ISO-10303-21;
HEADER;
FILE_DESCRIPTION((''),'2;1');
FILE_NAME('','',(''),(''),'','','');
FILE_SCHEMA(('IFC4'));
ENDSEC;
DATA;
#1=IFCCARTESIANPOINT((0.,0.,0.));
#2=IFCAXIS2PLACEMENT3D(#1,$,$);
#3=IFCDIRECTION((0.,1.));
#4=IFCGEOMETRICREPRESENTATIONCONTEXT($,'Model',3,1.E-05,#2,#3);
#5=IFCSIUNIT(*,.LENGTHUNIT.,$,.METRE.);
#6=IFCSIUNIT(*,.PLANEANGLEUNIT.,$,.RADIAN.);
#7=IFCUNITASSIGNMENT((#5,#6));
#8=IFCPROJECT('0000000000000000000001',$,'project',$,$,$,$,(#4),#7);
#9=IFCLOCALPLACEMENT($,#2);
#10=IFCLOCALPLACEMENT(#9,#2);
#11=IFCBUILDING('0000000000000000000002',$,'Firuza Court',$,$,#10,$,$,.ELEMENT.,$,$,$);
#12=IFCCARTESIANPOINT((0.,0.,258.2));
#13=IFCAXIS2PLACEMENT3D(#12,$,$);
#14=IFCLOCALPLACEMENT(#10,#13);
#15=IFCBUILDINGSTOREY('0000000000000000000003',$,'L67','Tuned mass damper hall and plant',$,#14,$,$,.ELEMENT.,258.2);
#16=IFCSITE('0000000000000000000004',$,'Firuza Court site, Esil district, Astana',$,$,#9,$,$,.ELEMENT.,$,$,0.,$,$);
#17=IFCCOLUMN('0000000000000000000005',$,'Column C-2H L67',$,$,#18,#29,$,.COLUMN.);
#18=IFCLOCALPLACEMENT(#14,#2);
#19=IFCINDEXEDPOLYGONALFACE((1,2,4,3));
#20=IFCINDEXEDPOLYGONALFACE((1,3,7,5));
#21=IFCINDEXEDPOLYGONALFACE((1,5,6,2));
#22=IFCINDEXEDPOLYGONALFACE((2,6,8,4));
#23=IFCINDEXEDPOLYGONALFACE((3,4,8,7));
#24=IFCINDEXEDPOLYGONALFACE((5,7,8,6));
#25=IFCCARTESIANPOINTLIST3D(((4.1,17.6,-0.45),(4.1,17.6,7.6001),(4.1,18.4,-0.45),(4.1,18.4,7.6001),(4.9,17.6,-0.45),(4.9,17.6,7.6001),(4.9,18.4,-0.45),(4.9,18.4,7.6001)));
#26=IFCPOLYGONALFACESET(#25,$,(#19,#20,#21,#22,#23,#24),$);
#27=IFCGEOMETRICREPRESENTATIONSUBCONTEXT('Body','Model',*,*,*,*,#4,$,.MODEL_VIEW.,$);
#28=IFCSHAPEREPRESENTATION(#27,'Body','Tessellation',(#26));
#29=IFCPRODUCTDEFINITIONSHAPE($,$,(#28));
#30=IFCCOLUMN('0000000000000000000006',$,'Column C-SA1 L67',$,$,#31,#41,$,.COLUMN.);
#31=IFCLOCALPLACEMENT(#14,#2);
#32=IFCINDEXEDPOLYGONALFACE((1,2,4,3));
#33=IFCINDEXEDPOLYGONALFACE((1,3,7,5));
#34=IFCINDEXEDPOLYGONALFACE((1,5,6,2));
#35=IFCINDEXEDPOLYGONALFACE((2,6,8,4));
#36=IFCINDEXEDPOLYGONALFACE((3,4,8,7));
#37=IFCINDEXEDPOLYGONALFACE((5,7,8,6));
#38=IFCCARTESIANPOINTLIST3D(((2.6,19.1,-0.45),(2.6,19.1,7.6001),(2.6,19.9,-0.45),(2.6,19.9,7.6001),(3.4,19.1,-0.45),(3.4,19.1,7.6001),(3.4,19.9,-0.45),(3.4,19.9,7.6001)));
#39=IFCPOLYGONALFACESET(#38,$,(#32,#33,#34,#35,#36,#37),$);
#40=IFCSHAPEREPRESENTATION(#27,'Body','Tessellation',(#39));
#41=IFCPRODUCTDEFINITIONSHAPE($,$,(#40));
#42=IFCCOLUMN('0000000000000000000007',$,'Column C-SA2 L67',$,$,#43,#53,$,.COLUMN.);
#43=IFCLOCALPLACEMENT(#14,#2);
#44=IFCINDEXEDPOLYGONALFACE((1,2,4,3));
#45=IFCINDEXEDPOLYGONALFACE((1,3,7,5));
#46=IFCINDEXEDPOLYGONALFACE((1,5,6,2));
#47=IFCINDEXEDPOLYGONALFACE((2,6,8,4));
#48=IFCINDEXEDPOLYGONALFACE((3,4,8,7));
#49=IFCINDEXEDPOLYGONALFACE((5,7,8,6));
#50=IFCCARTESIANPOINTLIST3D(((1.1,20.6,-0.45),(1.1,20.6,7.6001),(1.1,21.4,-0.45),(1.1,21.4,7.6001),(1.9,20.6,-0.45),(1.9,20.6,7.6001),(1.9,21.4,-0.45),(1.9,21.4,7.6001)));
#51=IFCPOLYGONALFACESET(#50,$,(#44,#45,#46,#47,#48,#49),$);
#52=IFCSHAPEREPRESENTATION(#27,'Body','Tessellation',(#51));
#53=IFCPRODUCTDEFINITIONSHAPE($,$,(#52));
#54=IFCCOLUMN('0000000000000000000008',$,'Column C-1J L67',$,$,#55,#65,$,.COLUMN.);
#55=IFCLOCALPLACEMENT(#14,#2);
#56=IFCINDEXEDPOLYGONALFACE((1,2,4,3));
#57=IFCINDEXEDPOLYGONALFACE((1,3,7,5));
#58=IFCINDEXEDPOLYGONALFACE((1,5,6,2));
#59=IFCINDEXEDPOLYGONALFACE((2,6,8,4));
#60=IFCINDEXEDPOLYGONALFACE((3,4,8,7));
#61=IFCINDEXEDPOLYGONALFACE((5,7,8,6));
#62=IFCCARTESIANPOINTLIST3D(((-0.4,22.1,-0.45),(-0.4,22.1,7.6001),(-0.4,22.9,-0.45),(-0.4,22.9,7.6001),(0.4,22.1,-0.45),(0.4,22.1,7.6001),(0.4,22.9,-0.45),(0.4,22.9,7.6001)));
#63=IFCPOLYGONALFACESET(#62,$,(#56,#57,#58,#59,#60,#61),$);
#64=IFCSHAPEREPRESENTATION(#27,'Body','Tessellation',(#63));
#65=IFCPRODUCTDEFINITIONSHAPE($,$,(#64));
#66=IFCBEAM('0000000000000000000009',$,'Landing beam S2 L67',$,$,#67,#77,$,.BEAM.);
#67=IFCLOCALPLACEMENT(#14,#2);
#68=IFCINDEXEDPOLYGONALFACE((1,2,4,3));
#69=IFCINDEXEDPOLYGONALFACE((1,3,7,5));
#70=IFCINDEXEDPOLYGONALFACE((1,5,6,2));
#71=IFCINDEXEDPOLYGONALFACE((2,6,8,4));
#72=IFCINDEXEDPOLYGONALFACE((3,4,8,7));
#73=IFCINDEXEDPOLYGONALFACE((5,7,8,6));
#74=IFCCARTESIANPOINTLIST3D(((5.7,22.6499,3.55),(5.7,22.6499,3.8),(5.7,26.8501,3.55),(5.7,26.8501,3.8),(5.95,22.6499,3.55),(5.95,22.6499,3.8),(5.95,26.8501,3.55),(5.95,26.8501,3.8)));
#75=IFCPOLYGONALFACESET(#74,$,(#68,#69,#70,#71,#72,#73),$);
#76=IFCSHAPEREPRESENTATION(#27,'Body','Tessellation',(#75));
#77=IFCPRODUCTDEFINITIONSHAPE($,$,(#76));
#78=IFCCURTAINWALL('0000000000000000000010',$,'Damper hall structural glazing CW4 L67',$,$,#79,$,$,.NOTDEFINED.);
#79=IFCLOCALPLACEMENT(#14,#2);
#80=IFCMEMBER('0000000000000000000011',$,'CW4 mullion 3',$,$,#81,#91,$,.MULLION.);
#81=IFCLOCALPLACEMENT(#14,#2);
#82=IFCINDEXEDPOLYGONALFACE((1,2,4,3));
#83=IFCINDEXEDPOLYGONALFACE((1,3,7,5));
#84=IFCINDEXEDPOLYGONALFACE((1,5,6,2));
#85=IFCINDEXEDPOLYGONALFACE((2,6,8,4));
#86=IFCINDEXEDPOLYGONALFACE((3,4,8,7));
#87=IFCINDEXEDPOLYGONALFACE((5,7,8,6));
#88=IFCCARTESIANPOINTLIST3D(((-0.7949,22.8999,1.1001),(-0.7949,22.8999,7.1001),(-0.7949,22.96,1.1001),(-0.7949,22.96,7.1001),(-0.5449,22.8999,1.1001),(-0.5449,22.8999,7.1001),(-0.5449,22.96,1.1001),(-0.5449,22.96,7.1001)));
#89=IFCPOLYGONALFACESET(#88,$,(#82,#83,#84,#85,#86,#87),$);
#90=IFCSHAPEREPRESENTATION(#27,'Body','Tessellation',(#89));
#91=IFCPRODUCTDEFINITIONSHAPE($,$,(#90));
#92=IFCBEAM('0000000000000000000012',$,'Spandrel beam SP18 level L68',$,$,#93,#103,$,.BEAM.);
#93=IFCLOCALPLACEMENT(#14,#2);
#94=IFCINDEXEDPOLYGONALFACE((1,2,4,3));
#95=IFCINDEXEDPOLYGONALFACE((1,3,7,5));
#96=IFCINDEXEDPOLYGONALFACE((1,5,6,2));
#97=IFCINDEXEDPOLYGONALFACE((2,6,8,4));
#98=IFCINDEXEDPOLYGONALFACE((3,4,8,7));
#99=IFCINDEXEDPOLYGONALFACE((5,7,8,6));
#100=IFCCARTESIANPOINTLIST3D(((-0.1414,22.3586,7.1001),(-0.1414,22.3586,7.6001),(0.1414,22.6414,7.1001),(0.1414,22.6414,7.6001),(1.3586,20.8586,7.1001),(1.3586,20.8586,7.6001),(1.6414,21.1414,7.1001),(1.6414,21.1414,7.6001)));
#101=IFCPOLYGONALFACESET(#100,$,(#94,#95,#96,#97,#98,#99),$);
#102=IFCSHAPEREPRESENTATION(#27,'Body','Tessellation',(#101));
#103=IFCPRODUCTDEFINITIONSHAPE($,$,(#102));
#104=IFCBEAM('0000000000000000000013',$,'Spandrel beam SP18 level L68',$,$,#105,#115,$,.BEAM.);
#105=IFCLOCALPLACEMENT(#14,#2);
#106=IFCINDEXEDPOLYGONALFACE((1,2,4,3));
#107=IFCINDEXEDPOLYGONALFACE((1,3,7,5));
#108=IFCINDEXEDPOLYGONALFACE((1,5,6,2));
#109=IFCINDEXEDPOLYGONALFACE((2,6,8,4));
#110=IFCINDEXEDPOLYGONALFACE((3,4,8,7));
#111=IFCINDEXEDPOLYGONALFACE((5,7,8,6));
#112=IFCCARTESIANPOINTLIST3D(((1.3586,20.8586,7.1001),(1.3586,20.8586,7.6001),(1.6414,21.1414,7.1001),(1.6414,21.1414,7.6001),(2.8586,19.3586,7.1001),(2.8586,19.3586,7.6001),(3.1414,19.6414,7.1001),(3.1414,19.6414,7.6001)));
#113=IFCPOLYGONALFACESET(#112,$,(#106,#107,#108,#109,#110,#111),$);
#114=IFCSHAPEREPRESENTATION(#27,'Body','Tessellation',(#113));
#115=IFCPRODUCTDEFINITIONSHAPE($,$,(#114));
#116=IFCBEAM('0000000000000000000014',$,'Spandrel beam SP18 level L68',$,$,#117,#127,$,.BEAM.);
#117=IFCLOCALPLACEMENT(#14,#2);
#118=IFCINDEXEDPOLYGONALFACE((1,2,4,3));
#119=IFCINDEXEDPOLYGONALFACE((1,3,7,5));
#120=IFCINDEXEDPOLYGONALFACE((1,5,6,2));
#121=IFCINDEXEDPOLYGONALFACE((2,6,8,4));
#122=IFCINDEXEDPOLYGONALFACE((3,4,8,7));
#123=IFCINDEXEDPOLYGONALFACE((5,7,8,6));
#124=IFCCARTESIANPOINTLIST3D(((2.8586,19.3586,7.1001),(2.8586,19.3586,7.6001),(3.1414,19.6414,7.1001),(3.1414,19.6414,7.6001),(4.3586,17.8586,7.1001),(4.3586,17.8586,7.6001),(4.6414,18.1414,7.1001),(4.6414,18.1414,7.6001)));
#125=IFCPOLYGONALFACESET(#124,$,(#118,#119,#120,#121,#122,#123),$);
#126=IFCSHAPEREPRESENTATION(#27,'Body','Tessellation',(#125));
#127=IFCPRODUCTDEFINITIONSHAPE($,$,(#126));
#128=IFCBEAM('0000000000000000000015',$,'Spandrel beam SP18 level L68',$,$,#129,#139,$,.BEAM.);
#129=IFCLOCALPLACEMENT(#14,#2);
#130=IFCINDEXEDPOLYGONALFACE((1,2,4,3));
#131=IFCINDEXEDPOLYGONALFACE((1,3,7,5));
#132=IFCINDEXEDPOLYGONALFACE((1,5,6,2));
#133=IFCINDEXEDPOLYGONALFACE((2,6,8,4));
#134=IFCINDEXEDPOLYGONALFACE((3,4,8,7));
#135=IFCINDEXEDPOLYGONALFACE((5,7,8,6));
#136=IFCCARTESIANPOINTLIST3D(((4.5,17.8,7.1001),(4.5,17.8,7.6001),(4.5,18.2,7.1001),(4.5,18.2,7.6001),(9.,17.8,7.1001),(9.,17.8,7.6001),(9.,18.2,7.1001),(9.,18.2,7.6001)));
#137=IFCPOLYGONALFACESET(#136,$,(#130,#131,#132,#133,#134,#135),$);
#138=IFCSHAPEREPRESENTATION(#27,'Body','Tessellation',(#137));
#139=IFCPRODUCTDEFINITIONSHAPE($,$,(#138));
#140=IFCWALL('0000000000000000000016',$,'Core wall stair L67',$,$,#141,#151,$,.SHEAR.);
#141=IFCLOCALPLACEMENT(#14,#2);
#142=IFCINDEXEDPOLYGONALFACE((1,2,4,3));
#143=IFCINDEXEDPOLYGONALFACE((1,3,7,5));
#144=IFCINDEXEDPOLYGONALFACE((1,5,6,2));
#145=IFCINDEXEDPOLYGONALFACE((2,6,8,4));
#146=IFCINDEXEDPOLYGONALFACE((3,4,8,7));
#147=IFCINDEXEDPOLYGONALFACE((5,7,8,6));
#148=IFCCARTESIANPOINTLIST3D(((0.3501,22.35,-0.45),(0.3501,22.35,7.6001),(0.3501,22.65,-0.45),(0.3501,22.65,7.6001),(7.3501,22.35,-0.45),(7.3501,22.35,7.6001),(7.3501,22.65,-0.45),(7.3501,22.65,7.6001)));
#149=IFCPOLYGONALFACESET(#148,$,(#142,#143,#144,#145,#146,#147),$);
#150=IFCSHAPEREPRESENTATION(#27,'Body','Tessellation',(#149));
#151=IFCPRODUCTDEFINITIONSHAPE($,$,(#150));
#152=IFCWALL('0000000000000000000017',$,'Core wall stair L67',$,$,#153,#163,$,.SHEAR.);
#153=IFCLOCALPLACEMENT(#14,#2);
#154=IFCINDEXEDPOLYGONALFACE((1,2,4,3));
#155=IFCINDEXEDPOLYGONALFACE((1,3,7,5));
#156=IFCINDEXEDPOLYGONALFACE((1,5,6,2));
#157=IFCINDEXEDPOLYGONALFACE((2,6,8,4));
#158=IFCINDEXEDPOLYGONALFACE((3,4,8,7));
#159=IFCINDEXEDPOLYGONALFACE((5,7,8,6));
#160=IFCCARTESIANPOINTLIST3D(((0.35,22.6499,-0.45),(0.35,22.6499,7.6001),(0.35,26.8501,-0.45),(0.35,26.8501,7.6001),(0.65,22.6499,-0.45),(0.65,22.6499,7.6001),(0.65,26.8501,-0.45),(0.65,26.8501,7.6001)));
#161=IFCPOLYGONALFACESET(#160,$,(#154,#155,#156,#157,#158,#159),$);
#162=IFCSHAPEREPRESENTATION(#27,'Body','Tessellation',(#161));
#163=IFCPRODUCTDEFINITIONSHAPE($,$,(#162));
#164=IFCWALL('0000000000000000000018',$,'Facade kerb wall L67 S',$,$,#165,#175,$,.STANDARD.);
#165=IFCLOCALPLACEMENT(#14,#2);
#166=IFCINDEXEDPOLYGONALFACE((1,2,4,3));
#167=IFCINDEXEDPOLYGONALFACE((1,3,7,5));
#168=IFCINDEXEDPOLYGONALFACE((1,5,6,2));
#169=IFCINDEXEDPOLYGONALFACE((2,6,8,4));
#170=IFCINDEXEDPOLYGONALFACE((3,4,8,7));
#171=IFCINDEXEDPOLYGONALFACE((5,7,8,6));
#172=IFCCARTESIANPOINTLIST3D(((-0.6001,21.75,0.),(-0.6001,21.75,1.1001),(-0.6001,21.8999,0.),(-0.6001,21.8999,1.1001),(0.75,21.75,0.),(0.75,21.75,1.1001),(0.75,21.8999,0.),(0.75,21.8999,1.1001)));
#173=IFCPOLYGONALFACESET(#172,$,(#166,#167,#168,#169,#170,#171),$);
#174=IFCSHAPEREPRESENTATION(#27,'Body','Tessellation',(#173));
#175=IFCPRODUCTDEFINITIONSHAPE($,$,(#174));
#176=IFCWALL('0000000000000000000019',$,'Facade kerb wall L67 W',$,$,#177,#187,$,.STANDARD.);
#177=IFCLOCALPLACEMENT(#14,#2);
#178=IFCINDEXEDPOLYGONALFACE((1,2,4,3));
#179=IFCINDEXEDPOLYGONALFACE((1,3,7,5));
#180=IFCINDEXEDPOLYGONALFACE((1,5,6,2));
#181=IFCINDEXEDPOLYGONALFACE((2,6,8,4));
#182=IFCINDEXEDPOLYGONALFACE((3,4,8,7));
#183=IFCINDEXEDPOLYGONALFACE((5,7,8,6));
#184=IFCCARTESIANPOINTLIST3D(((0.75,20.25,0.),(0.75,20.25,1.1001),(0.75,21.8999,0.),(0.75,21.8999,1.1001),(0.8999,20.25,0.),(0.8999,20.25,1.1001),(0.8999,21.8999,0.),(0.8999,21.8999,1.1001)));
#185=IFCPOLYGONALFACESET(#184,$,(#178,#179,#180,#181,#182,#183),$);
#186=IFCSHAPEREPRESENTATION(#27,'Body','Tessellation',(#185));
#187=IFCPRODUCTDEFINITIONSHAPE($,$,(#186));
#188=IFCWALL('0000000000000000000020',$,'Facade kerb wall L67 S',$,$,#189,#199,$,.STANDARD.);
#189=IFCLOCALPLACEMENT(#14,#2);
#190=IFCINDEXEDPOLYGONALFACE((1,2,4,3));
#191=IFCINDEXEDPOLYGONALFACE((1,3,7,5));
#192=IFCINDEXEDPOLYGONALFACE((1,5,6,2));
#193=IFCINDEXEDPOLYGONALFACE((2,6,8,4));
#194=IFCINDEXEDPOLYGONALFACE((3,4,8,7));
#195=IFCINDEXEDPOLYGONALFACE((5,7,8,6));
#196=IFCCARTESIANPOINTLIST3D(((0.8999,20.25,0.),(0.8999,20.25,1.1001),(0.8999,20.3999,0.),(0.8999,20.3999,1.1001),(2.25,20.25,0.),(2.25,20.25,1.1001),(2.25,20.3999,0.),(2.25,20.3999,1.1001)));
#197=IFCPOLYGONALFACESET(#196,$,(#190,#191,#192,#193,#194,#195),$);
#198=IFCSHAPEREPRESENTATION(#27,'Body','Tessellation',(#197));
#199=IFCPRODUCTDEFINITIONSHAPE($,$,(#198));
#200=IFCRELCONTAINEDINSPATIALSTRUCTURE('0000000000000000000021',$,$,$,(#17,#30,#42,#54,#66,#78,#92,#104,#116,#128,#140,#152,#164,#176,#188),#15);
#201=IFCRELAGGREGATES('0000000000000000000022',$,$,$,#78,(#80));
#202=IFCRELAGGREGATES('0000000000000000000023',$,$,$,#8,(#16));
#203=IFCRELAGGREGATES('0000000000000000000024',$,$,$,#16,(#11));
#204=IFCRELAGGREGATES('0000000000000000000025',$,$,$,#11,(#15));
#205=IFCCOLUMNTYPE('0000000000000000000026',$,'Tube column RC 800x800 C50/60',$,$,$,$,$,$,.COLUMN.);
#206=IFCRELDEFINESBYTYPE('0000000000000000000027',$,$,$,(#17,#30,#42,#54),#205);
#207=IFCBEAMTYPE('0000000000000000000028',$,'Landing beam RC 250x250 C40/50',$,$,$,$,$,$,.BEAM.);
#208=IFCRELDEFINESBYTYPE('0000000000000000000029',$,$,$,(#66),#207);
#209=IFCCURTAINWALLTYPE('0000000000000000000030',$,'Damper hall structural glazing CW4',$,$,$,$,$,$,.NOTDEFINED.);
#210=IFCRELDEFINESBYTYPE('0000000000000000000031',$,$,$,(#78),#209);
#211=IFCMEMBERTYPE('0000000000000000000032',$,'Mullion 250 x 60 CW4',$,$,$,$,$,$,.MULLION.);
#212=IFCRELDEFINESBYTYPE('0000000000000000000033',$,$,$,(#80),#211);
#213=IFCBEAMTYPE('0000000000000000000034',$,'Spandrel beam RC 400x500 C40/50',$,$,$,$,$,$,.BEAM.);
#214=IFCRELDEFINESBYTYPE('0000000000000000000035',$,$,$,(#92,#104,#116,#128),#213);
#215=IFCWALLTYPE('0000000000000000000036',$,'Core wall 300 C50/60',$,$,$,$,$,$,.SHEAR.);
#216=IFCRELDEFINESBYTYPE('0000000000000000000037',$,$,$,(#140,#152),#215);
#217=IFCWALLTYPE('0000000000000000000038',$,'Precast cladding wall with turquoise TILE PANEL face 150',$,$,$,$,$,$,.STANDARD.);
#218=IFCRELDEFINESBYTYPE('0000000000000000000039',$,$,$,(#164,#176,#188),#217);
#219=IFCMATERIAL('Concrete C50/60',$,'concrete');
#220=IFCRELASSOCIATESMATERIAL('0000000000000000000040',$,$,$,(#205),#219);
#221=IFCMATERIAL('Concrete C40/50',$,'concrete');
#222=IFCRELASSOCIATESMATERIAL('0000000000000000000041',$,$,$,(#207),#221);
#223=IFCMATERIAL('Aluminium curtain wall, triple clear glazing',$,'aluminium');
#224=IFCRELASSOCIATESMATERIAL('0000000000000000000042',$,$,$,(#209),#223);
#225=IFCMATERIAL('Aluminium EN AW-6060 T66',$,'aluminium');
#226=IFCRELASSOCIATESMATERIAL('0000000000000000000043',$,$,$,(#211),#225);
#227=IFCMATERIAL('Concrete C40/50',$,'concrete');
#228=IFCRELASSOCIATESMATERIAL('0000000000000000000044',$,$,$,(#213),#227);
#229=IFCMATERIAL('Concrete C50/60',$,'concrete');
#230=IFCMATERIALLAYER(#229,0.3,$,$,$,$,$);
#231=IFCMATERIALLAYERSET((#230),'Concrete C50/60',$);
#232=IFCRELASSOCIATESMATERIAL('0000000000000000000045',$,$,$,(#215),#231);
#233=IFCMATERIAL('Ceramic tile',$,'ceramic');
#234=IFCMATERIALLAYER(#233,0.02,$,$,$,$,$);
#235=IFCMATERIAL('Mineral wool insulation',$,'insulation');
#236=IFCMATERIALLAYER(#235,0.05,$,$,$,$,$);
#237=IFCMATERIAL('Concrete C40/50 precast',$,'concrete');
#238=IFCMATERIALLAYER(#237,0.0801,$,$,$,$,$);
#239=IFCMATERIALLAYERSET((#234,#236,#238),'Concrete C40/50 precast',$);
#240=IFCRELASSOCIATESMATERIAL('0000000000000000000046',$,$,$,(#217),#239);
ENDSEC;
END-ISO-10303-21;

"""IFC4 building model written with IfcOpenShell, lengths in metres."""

from ifc_helpers import new_model, si_unit, direction, frame, frame_2d, origin, origin_2d, place, context, subcontext, project, spatial, rectangle, extrude, material, layer, layer_set, material_profile, profile_set, type_object, element, aggregate, save


model = new_model("IFC4")

# Units and contexts
model_context = context("Model", 3, precision=1e-05, world=origin(), true_north=direction((0.0, 1.0)))
body_context = subcontext(model_context, "Body", "Model", "MODEL_VIEW")
ifc_project = project(units=[si_unit("LENGTHUNIT", "METRE"), si_unit("PLANEANGLEUNIT", "RADIAN")], contexts=[model_context])

# Site, building, storey
site_placement = place(None, origin())
site = spatial("IfcSite", under=ifc_project, at=site_placement, Name="Firuza Court site, Esil district, Astana", CompositionType="ELEMENT", RefElevation=0.0)
building_placement = place(site_placement, origin())
building = spatial("IfcBuilding", under=site, at=building_placement, Name="Firuza Court", CompositionType="ELEMENT")
storey_placement = place(building_placement, frame((0.0, 0.0, 258.2)))
storey = spatial("IfcBuildingStorey", under=building, at=storey_placement, Name="L67", Description="Tuned mass damper hall and plant", CompositionType="ELEMENT", Elevation=258.2)

# Columns
ifc_material_1 = material(Name="Concrete C50/60", Category="concrete")
ifc_material_profile_1 = material_profile(ifc_material_1, rectangle(XDim=0.8, YDim=0.8, at=origin_2d()), Name="RC 800x800")
ifc_profile_set_1 = profile_set([ifc_material_profile_1], Name="Concrete C50/60")
column_type = type_object("IfcColumnType", Name="Tube column RC 800x800 C50/60", PredefinedType="COLUMN", material=ifc_profile_set_1)
for number, where, z_axis, x_axis, name in (
    (1, (4.5, 18.0, -0.45), (0.0, 0.0, 1.0), (1.0, 0.0, 0.0), "Column C-2H L67"),
    (2, (3.0, 19.5, -0.45), (0.0, 0.0, 1.0), (1.0, 0.0, 0.0), "Column C-SA1 L67"),
    (3, (1.5, 21.0, -0.45), (0.0, 0.0, 1.0), (1.0, 0.0, 0.0), "Column C-SA2 L67"),
    (4, (0.0, 22.5, -0.45), (0.0, 0.0, 1.0), (1.0, 0.0, 0.0), "Column C-1J L67"),
):
    element("IfcColumn", number, at=place(storey_placement, frame(where, z_axis=z_axis, x_axis=x_axis)), inside=storey, type_object=column_type, Name=name, PredefinedType="COLUMN", context=body_context, shape_type="SweptSolid", body=[
        extrude(rectangle(XDim=0.8, YDim=0.8, at=origin_2d()), origin(), (0.0, 0.0, 1.0), 8.05),
    ])

# Beam
ifc_material_2 = material(Name="Concrete C40/50", Category="concrete")
ifc_material_profile_2 = material_profile(ifc_material_2, rectangle(XDim=0.25, YDim=0.25, at=origin_2d()), Name="RC 250x250")
ifc_profile_set_2 = profile_set([ifc_material_profile_2], Name="Concrete C40/50")
beam_type_1 = type_object("IfcBeamType", Name="Landing beam RC 250x250 C40/50", PredefinedType="BEAM", material=ifc_profile_set_2)
beam_1_placement = place(storey_placement, frame((5.825, 22.6499, 3.675), z_axis=(0.0, 1.0, 0.0), x_axis=(-1.0, 0.0, 0.0)))
element("IfcBeam", 5, at=beam_1_placement, inside=storey, type_object=beam_type_1, Name="Landing beam S2 L67", PredefinedType="BEAM", context=body_context, shape_type="SweptSolid", body=[
    extrude(rectangle(XDim=0.25, YDim=0.25, at=origin_2d()), origin(), (0.0, 0.0, 1.0), 4.2002),
])

# Curtain wall, member
ifc_material_3 = material(Name="Aluminium curtain wall, triple clear glazing", Category="aluminium")
curtain_wall_type = type_object("IfcCurtainWallType", Name="Damper hall structural glazing CW4", PredefinedType="NOTDEFINED", material=ifc_material_3)
curtain_wall_placement = place(storey_placement, origin())
curtain_wall = element("IfcCurtainWall", 6, at=curtain_wall_placement, inside=storey, type_object=curtain_wall_type, Name="Damper hall structural glazing CW4 L67", PredefinedType="NOTDEFINED")
ifc_material_4 = material(Name="Aluminium EN AW-6060 T66", Category="aluminium")
ifc_material_profile_3 = material_profile(ifc_material_4, rectangle(XDim=0.25, YDim=0.0601, at=origin_2d()), Name="Mullion 250 x 60 CW4")
ifc_profile_set_3 = profile_set([ifc_material_profile_3], Name="Aluminium EN AW-6060 T66")
member_type = type_object("IfcMemberType", Name="Mullion 250 x 60 CW4", PredefinedType="MULLION", material=ifc_profile_set_3)
member_placement = place(storey_placement, frame((-0.6699, 22.9299, 1.1001), z_axis=(0.0, 0.0, 1.0), x_axis=(1.0, 0.0, 0.0)))
member = element("IfcMember", 7, at=member_placement, type_object=member_type, Name="CW4 mullion 3", PredefinedType="MULLION", context=body_context, shape_type="SweptSolid", body=[
    extrude(rectangle(XDim=0.25, YDim=0.0601, at=origin_2d()), origin(), (0.0, 0.0, 1.0), 6.0),
])
aggregate(curtain_wall, [member])

# Beams
ifc_material_5 = material(Name="Concrete C40/50", Category="concrete")
ifc_material_profile_4 = material_profile(ifc_material_5, rectangle(XDim=0.3999, YDim=0.5, at=origin_2d()), Name="RC 400x500")
ifc_profile_set_4 = profile_set([ifc_material_profile_4], Name="Concrete C40/50")
beam_type_2 = type_object("IfcBeamType", Name="Spandrel beam RC 400x500 C40/50", PredefinedType="BEAM", material=ifc_profile_set_4)
for number, where, z_axis, x_axis, name in (
    (8, (0.0, 22.5, 7.3501), (0.707107, -0.707107, 0.0), (0.707107, 0.707107, 0.0), "Spandrel beam SP18 level L68"),
    (9, (1.5, 21.0, 7.3501), (0.707107, -0.707107, 0.0), (0.707107, 0.707107, 0.0), "Spandrel beam SP18 level L68"),
    (10, (3.0, 19.5, 7.3501), (0.707107, -0.707107, 0.0), (0.707107, 0.707107, 0.0), "Spandrel beam SP18 level L68"),
):
    element("IfcBeam", number, at=place(storey_placement, frame(where, z_axis=z_axis, x_axis=x_axis)), inside=storey, type_object=beam_type_2, Name=name, PredefinedType="BEAM", context=body_context, shape_type="SweptSolid", body=[
        extrude(rectangle(XDim=0.3999, YDim=0.5, at=origin_2d()), origin(), (0.0, 0.0, 1.0), 2.1213),
    ])
beam_2_placement = place(storey_placement, frame((4.5, 18.0, 7.3501), z_axis=(1.0, 0.0, 0.0), x_axis=(0.0, 1.0, 0.0)))
element("IfcBeam", 11, at=beam_2_placement, inside=storey, type_object=beam_type_2, Name="Spandrel beam SP18 level L68", PredefinedType="BEAM", context=body_context, shape_type="SweptSolid", body=[
    extrude(rectangle(XDim=0.3999, YDim=0.5, at=origin_2d()), origin(), (0.0, 0.0, 1.0), 4.5),
])

# Walls
ifc_material_6 = material(Name="Concrete C50/60", Category="concrete")
ifc_layer_1 = layer(ifc_material_6, 0.3)
ifc_layer_set_1 = layer_set([ifc_layer_1], Name="Concrete C50/60")
wall_type_1 = type_object("IfcWallType", Name="Core wall 300 C50/60", PredefinedType="SHEAR", material=ifc_layer_set_1)
wall_1_placement = place(storey_placement, frame((0.3501, 22.5, -0.45), z_axis=(0.0, 0.0, 1.0), x_axis=(1.0, 0.0, 0.0)))
element("IfcWall", 12, at=wall_1_placement, inside=storey, type_object=wall_type_1, Name="Core wall stair L67", PredefinedType="SHEAR", context=body_context, shape_type="SweptSolid", body=[
    extrude(rectangle(XDim=7.0, YDim=0.3, at=frame_2d((3.5, 0.0))), origin(), (0.0, 0.0, 1.0), 8.05),
])
wall_2_placement = place(storey_placement, frame((0.5, 22.6499, -0.45), z_axis=(0.0, 0.0, 1.0), x_axis=(0.0, 1.0, 0.0)))
element("IfcWall", 13, at=wall_2_placement, inside=storey, type_object=wall_type_1, Name="Core wall stair L67", PredefinedType="SHEAR", context=body_context, shape_type="SweptSolid", body=[
    extrude(rectangle(XDim=4.2002, YDim=0.3, at=frame_2d((2.1001, 0.0))), origin(), (0.0, 0.0, 1.0), 8.05),
])
ifc_material_7 = material(Name="Ceramic tile", Category="ceramic")
ifc_layer_2 = layer(ifc_material_7, 0.02)
ifc_material_8 = material(Name="Mineral wool insulation", Category="insulation")
ifc_layer_3 = layer(ifc_material_8, 0.05)
ifc_material_9 = material(Name="Concrete C40/50 precast", Category="concrete")
ifc_layer_4 = layer(ifc_material_9, 0.0801)
ifc_layer_set_2 = layer_set([ifc_layer_2, ifc_layer_3, ifc_layer_4], Name="Concrete C40/50 precast")
wall_type_2 = type_object("IfcWallType", Name="Precast cladding wall with turquoise TILE PANEL face 150", PredefinedType="STANDARD", material=ifc_layer_set_2)
wall_3_placement = place(storey_placement, frame((-0.6001, 21.825, 0.0), z_axis=(0.0, 0.0, 1.0), x_axis=(1.0, 0.0, 0.0)))
element("IfcWall", 14, at=wall_3_placement, inside=storey, type_object=wall_type_2, Name="Facade kerb wall L67 S", PredefinedType="STANDARD", context=body_context, shape_type="SweptSolid", body=[
    extrude(rectangle(XDim=1.3501, YDim=0.1499, at=frame_2d((0.675, 0.0))), origin(), (0.0, 0.0, 1.0), 1.1001),
])
wall_4_placement = place(storey_placement, frame((0.825, 21.8999, 0.0), z_axis=(0.0, 0.0, 1.0), x_axis=(0.0, -1.0, 0.0)))
element("IfcWall", 15, at=wall_4_placement, inside=storey, type_object=wall_type_2, Name="Facade kerb wall L67 W", PredefinedType="STANDARD", context=body_context, shape_type="SweptSolid", body=[
    extrude(rectangle(XDim=1.6499, YDim=0.1499, at=frame_2d((0.825, 0.0))), origin(), (0.0, 0.0, 1.0), 1.1001),
])
wall_5_placement = place(storey_placement, frame((0.8999, 20.325, 0.0), z_axis=(0.0, 0.0, 1.0), x_axis=(1.0, 0.0, 0.0)))
element("IfcWall", 16, at=wall_5_placement, inside=storey, type_object=wall_type_2, Name="Facade kerb wall L67 S", PredefinedType="STANDARD", context=body_context, shape_type="SweptSolid", body=[
    extrude(rectangle(XDim=1.3501, YDim=0.1499, at=frame_2d((0.675, 0.0))), origin(), (0.0, 0.0, 1.0), 1.1001),
])

save(model, "model.ifc")
